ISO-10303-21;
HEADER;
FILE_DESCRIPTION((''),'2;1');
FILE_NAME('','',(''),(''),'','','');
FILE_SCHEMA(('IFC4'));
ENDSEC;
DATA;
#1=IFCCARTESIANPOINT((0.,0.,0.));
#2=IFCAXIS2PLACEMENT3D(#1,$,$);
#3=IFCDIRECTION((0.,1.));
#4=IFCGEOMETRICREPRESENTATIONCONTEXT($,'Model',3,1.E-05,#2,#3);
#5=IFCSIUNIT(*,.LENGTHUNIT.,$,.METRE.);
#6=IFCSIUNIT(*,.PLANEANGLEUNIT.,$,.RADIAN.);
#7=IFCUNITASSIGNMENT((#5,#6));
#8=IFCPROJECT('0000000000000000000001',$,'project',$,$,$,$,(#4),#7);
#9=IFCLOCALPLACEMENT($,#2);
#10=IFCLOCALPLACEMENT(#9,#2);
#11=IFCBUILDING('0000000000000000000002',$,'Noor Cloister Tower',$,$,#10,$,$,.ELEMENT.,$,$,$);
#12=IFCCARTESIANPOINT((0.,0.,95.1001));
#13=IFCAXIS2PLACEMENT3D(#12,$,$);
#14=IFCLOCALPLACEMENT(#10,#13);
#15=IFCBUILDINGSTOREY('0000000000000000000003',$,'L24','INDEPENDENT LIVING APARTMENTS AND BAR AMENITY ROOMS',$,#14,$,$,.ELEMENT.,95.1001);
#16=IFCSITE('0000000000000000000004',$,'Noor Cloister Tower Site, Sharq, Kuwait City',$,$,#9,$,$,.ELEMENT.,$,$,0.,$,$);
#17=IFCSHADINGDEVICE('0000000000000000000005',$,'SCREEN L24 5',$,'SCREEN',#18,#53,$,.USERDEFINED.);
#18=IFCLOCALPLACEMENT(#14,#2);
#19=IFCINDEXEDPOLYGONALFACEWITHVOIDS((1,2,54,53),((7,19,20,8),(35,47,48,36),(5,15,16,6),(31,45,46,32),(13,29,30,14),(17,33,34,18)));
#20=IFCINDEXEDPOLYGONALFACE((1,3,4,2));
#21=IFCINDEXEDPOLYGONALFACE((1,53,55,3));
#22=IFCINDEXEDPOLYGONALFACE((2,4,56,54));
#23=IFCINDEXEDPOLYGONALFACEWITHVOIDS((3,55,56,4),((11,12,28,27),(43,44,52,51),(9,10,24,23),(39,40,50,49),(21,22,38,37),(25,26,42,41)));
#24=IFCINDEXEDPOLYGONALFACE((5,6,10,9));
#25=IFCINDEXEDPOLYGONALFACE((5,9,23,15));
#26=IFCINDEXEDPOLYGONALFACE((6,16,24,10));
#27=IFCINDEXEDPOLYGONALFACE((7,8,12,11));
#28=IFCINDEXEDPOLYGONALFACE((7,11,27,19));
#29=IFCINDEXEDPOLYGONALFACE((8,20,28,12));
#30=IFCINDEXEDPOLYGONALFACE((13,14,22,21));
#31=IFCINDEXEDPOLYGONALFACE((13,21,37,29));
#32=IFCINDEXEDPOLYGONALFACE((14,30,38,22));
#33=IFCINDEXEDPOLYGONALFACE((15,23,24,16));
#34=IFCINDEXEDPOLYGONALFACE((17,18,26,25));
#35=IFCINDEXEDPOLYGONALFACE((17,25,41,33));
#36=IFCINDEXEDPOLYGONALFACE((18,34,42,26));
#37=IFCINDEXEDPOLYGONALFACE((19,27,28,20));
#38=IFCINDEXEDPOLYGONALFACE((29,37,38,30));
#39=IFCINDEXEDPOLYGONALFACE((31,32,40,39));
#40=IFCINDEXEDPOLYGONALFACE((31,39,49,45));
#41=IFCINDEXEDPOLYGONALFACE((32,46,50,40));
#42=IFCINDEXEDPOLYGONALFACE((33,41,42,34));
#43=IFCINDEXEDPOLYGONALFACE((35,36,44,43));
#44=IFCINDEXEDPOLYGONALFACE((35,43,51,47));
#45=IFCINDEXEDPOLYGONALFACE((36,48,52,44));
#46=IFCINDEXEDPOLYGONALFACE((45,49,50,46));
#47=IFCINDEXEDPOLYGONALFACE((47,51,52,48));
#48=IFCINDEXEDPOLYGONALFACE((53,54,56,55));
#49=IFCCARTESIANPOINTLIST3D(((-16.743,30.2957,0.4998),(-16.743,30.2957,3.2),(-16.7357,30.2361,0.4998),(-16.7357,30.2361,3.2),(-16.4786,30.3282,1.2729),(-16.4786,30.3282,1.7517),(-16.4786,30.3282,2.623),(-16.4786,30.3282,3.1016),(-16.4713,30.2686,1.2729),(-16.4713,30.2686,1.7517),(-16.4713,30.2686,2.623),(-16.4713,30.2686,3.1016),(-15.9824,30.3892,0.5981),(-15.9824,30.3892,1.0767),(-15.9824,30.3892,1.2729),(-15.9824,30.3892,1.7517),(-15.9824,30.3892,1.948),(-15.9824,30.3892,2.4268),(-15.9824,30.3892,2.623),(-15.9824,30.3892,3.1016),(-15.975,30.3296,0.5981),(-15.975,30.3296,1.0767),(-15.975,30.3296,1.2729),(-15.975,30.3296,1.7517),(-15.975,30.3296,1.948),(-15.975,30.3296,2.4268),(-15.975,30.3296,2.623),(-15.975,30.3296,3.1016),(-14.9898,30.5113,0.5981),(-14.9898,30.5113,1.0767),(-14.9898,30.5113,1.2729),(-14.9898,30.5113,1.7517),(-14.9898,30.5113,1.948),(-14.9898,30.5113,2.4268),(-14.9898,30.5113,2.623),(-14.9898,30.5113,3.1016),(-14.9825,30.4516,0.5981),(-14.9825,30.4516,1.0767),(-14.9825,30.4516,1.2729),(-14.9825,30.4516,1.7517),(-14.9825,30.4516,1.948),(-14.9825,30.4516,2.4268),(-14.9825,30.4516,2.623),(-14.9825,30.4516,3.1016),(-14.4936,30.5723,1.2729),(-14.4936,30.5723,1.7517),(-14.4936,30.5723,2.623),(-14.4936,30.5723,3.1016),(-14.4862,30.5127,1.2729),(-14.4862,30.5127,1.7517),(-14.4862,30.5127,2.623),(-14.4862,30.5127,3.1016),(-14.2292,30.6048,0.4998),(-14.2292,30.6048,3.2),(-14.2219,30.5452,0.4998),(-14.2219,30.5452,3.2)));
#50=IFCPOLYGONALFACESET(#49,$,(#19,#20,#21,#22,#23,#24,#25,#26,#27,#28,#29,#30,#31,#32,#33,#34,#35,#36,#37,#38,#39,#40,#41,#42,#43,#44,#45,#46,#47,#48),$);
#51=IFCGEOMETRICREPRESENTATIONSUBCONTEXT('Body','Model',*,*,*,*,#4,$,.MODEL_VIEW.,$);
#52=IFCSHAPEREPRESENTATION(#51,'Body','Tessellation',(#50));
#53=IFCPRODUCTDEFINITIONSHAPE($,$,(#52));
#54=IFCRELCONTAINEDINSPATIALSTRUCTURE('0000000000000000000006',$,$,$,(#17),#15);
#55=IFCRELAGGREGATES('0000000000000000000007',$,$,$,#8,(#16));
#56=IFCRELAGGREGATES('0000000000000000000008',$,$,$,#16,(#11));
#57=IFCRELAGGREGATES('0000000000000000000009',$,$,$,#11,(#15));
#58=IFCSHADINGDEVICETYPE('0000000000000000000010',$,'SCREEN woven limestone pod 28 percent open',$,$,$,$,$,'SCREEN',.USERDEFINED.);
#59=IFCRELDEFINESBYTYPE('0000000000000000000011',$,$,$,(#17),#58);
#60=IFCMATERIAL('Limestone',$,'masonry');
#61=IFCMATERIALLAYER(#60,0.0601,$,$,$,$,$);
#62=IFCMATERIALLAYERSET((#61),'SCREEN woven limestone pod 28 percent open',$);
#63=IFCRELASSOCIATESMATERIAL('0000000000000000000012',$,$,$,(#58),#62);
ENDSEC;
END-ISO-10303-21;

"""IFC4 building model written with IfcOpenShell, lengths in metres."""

from ifc_helpers import new_model, si_unit, direction, frame, origin, place, context, subcontext, project, spatial, polyline, outline, extrude, material, layer, layer_set, type_object, element, save


model = new_model("IFC4")

# Units and contexts
model_context = context("Model", 3, precision=1e-05, world=origin(), true_north=direction((0.0, 1.0)))
body_context = subcontext(model_context, "Body", "Model", "MODEL_VIEW")
ifc_project = project(units=[si_unit("LENGTHUNIT", "METRE"), si_unit("PLANEANGLEUNIT", "RADIAN")], contexts=[model_context])

# Site, building, storey
site_placement = place(None, origin())
site = spatial("IfcSite", under=ifc_project, at=site_placement, Name="Noor Cloister Tower Site, Sharq, Kuwait City", CompositionType="ELEMENT", RefElevation=0.0)
building_placement = place(site_placement, origin())
building = spatial("IfcBuilding", under=site, at=building_placement, Name="Noor Cloister Tower", CompositionType="ELEMENT")
storey_placement = place(building_placement, frame((0.0, 0.0, 95.1001)))
storey = spatial("IfcBuildingStorey", under=building, at=storey_placement, Name="L24", Description="INDEPENDENT LIVING APARTMENTS AND BAR AMENITY ROOMS", CompositionType="ELEMENT", Elevation=95.1001)

# Shading device
ifc_material_1 = material(Name="Limestone", Category="masonry")
ifc_layer_1 = layer(ifc_material_1, 0.0601)
ifc_layer_set_1 = layer_set([ifc_layer_1], Name="SCREEN woven limestone pod 28 percent open")
shading_device_type = type_object("IfcShadingDeviceType", Name="SCREEN woven limestone pod 28 percent open", ElementType="SCREEN", PredefinedType="USERDEFINED", material=ifc_layer_set_1)
shading_device_1_placement = place(storey_placement, frame((-15.4788, 30.3906, 1.8499), z_axis=(-0.122032, 0.992526, 0.0), x_axis=(-0.992526, -0.122032, 0.0)))
element("IfcShadingDevice", 1, at=shading_device_1_placement, inside=storey, type_object=shading_device_type, Name="SCREEN L24 5", ObjectType="SCREEN", PredefinedType="USERDEFINED", context=body_context, shape_type="SweptSolid", body=[
    extrude(outline(polyline([(-1.2664, -1.3501), (1.2664, -1.3501), (1.2664, 1.3501), (-1.2664, 1.3501), (-1.2664, -1.3501)]), holes=[polyline([(-0.5, -1.2517), (0.5, -1.2517), (0.5, -0.7732), (-0.5, -0.7732), (-0.5, -1.2517)]), polyline([(-1.0, -0.5769), (-0.5, -0.5769), (-0.5, -0.0981), (-1.0, -0.0981), (-1.0, -0.5769)]), polyline([(0.5, -0.5769), (1.0, -0.5769), (1.0, -0.0981), (0.5, -0.0981), (0.5, -0.5769)]), polyline([(-0.5, 0.0981), (0.5, 0.0981), (0.5, 0.5769), (-0.5, 0.5769), (-0.5, 0.0981)]), polyline([(-1.0, 0.7732), (-0.5, 0.7732), (-0.5, 1.2517), (-1.0, 1.2517), (-1.0, 0.7732)]), polyline([(0.5, 0.7732), (1.0, 0.7732), (1.0, 1.2517), (0.5, 1.2517), (0.5, 0.7732)])]), origin(), (0.0, 0.0, 1.0), 0.0601),
])

save(model, "model.ifc")
